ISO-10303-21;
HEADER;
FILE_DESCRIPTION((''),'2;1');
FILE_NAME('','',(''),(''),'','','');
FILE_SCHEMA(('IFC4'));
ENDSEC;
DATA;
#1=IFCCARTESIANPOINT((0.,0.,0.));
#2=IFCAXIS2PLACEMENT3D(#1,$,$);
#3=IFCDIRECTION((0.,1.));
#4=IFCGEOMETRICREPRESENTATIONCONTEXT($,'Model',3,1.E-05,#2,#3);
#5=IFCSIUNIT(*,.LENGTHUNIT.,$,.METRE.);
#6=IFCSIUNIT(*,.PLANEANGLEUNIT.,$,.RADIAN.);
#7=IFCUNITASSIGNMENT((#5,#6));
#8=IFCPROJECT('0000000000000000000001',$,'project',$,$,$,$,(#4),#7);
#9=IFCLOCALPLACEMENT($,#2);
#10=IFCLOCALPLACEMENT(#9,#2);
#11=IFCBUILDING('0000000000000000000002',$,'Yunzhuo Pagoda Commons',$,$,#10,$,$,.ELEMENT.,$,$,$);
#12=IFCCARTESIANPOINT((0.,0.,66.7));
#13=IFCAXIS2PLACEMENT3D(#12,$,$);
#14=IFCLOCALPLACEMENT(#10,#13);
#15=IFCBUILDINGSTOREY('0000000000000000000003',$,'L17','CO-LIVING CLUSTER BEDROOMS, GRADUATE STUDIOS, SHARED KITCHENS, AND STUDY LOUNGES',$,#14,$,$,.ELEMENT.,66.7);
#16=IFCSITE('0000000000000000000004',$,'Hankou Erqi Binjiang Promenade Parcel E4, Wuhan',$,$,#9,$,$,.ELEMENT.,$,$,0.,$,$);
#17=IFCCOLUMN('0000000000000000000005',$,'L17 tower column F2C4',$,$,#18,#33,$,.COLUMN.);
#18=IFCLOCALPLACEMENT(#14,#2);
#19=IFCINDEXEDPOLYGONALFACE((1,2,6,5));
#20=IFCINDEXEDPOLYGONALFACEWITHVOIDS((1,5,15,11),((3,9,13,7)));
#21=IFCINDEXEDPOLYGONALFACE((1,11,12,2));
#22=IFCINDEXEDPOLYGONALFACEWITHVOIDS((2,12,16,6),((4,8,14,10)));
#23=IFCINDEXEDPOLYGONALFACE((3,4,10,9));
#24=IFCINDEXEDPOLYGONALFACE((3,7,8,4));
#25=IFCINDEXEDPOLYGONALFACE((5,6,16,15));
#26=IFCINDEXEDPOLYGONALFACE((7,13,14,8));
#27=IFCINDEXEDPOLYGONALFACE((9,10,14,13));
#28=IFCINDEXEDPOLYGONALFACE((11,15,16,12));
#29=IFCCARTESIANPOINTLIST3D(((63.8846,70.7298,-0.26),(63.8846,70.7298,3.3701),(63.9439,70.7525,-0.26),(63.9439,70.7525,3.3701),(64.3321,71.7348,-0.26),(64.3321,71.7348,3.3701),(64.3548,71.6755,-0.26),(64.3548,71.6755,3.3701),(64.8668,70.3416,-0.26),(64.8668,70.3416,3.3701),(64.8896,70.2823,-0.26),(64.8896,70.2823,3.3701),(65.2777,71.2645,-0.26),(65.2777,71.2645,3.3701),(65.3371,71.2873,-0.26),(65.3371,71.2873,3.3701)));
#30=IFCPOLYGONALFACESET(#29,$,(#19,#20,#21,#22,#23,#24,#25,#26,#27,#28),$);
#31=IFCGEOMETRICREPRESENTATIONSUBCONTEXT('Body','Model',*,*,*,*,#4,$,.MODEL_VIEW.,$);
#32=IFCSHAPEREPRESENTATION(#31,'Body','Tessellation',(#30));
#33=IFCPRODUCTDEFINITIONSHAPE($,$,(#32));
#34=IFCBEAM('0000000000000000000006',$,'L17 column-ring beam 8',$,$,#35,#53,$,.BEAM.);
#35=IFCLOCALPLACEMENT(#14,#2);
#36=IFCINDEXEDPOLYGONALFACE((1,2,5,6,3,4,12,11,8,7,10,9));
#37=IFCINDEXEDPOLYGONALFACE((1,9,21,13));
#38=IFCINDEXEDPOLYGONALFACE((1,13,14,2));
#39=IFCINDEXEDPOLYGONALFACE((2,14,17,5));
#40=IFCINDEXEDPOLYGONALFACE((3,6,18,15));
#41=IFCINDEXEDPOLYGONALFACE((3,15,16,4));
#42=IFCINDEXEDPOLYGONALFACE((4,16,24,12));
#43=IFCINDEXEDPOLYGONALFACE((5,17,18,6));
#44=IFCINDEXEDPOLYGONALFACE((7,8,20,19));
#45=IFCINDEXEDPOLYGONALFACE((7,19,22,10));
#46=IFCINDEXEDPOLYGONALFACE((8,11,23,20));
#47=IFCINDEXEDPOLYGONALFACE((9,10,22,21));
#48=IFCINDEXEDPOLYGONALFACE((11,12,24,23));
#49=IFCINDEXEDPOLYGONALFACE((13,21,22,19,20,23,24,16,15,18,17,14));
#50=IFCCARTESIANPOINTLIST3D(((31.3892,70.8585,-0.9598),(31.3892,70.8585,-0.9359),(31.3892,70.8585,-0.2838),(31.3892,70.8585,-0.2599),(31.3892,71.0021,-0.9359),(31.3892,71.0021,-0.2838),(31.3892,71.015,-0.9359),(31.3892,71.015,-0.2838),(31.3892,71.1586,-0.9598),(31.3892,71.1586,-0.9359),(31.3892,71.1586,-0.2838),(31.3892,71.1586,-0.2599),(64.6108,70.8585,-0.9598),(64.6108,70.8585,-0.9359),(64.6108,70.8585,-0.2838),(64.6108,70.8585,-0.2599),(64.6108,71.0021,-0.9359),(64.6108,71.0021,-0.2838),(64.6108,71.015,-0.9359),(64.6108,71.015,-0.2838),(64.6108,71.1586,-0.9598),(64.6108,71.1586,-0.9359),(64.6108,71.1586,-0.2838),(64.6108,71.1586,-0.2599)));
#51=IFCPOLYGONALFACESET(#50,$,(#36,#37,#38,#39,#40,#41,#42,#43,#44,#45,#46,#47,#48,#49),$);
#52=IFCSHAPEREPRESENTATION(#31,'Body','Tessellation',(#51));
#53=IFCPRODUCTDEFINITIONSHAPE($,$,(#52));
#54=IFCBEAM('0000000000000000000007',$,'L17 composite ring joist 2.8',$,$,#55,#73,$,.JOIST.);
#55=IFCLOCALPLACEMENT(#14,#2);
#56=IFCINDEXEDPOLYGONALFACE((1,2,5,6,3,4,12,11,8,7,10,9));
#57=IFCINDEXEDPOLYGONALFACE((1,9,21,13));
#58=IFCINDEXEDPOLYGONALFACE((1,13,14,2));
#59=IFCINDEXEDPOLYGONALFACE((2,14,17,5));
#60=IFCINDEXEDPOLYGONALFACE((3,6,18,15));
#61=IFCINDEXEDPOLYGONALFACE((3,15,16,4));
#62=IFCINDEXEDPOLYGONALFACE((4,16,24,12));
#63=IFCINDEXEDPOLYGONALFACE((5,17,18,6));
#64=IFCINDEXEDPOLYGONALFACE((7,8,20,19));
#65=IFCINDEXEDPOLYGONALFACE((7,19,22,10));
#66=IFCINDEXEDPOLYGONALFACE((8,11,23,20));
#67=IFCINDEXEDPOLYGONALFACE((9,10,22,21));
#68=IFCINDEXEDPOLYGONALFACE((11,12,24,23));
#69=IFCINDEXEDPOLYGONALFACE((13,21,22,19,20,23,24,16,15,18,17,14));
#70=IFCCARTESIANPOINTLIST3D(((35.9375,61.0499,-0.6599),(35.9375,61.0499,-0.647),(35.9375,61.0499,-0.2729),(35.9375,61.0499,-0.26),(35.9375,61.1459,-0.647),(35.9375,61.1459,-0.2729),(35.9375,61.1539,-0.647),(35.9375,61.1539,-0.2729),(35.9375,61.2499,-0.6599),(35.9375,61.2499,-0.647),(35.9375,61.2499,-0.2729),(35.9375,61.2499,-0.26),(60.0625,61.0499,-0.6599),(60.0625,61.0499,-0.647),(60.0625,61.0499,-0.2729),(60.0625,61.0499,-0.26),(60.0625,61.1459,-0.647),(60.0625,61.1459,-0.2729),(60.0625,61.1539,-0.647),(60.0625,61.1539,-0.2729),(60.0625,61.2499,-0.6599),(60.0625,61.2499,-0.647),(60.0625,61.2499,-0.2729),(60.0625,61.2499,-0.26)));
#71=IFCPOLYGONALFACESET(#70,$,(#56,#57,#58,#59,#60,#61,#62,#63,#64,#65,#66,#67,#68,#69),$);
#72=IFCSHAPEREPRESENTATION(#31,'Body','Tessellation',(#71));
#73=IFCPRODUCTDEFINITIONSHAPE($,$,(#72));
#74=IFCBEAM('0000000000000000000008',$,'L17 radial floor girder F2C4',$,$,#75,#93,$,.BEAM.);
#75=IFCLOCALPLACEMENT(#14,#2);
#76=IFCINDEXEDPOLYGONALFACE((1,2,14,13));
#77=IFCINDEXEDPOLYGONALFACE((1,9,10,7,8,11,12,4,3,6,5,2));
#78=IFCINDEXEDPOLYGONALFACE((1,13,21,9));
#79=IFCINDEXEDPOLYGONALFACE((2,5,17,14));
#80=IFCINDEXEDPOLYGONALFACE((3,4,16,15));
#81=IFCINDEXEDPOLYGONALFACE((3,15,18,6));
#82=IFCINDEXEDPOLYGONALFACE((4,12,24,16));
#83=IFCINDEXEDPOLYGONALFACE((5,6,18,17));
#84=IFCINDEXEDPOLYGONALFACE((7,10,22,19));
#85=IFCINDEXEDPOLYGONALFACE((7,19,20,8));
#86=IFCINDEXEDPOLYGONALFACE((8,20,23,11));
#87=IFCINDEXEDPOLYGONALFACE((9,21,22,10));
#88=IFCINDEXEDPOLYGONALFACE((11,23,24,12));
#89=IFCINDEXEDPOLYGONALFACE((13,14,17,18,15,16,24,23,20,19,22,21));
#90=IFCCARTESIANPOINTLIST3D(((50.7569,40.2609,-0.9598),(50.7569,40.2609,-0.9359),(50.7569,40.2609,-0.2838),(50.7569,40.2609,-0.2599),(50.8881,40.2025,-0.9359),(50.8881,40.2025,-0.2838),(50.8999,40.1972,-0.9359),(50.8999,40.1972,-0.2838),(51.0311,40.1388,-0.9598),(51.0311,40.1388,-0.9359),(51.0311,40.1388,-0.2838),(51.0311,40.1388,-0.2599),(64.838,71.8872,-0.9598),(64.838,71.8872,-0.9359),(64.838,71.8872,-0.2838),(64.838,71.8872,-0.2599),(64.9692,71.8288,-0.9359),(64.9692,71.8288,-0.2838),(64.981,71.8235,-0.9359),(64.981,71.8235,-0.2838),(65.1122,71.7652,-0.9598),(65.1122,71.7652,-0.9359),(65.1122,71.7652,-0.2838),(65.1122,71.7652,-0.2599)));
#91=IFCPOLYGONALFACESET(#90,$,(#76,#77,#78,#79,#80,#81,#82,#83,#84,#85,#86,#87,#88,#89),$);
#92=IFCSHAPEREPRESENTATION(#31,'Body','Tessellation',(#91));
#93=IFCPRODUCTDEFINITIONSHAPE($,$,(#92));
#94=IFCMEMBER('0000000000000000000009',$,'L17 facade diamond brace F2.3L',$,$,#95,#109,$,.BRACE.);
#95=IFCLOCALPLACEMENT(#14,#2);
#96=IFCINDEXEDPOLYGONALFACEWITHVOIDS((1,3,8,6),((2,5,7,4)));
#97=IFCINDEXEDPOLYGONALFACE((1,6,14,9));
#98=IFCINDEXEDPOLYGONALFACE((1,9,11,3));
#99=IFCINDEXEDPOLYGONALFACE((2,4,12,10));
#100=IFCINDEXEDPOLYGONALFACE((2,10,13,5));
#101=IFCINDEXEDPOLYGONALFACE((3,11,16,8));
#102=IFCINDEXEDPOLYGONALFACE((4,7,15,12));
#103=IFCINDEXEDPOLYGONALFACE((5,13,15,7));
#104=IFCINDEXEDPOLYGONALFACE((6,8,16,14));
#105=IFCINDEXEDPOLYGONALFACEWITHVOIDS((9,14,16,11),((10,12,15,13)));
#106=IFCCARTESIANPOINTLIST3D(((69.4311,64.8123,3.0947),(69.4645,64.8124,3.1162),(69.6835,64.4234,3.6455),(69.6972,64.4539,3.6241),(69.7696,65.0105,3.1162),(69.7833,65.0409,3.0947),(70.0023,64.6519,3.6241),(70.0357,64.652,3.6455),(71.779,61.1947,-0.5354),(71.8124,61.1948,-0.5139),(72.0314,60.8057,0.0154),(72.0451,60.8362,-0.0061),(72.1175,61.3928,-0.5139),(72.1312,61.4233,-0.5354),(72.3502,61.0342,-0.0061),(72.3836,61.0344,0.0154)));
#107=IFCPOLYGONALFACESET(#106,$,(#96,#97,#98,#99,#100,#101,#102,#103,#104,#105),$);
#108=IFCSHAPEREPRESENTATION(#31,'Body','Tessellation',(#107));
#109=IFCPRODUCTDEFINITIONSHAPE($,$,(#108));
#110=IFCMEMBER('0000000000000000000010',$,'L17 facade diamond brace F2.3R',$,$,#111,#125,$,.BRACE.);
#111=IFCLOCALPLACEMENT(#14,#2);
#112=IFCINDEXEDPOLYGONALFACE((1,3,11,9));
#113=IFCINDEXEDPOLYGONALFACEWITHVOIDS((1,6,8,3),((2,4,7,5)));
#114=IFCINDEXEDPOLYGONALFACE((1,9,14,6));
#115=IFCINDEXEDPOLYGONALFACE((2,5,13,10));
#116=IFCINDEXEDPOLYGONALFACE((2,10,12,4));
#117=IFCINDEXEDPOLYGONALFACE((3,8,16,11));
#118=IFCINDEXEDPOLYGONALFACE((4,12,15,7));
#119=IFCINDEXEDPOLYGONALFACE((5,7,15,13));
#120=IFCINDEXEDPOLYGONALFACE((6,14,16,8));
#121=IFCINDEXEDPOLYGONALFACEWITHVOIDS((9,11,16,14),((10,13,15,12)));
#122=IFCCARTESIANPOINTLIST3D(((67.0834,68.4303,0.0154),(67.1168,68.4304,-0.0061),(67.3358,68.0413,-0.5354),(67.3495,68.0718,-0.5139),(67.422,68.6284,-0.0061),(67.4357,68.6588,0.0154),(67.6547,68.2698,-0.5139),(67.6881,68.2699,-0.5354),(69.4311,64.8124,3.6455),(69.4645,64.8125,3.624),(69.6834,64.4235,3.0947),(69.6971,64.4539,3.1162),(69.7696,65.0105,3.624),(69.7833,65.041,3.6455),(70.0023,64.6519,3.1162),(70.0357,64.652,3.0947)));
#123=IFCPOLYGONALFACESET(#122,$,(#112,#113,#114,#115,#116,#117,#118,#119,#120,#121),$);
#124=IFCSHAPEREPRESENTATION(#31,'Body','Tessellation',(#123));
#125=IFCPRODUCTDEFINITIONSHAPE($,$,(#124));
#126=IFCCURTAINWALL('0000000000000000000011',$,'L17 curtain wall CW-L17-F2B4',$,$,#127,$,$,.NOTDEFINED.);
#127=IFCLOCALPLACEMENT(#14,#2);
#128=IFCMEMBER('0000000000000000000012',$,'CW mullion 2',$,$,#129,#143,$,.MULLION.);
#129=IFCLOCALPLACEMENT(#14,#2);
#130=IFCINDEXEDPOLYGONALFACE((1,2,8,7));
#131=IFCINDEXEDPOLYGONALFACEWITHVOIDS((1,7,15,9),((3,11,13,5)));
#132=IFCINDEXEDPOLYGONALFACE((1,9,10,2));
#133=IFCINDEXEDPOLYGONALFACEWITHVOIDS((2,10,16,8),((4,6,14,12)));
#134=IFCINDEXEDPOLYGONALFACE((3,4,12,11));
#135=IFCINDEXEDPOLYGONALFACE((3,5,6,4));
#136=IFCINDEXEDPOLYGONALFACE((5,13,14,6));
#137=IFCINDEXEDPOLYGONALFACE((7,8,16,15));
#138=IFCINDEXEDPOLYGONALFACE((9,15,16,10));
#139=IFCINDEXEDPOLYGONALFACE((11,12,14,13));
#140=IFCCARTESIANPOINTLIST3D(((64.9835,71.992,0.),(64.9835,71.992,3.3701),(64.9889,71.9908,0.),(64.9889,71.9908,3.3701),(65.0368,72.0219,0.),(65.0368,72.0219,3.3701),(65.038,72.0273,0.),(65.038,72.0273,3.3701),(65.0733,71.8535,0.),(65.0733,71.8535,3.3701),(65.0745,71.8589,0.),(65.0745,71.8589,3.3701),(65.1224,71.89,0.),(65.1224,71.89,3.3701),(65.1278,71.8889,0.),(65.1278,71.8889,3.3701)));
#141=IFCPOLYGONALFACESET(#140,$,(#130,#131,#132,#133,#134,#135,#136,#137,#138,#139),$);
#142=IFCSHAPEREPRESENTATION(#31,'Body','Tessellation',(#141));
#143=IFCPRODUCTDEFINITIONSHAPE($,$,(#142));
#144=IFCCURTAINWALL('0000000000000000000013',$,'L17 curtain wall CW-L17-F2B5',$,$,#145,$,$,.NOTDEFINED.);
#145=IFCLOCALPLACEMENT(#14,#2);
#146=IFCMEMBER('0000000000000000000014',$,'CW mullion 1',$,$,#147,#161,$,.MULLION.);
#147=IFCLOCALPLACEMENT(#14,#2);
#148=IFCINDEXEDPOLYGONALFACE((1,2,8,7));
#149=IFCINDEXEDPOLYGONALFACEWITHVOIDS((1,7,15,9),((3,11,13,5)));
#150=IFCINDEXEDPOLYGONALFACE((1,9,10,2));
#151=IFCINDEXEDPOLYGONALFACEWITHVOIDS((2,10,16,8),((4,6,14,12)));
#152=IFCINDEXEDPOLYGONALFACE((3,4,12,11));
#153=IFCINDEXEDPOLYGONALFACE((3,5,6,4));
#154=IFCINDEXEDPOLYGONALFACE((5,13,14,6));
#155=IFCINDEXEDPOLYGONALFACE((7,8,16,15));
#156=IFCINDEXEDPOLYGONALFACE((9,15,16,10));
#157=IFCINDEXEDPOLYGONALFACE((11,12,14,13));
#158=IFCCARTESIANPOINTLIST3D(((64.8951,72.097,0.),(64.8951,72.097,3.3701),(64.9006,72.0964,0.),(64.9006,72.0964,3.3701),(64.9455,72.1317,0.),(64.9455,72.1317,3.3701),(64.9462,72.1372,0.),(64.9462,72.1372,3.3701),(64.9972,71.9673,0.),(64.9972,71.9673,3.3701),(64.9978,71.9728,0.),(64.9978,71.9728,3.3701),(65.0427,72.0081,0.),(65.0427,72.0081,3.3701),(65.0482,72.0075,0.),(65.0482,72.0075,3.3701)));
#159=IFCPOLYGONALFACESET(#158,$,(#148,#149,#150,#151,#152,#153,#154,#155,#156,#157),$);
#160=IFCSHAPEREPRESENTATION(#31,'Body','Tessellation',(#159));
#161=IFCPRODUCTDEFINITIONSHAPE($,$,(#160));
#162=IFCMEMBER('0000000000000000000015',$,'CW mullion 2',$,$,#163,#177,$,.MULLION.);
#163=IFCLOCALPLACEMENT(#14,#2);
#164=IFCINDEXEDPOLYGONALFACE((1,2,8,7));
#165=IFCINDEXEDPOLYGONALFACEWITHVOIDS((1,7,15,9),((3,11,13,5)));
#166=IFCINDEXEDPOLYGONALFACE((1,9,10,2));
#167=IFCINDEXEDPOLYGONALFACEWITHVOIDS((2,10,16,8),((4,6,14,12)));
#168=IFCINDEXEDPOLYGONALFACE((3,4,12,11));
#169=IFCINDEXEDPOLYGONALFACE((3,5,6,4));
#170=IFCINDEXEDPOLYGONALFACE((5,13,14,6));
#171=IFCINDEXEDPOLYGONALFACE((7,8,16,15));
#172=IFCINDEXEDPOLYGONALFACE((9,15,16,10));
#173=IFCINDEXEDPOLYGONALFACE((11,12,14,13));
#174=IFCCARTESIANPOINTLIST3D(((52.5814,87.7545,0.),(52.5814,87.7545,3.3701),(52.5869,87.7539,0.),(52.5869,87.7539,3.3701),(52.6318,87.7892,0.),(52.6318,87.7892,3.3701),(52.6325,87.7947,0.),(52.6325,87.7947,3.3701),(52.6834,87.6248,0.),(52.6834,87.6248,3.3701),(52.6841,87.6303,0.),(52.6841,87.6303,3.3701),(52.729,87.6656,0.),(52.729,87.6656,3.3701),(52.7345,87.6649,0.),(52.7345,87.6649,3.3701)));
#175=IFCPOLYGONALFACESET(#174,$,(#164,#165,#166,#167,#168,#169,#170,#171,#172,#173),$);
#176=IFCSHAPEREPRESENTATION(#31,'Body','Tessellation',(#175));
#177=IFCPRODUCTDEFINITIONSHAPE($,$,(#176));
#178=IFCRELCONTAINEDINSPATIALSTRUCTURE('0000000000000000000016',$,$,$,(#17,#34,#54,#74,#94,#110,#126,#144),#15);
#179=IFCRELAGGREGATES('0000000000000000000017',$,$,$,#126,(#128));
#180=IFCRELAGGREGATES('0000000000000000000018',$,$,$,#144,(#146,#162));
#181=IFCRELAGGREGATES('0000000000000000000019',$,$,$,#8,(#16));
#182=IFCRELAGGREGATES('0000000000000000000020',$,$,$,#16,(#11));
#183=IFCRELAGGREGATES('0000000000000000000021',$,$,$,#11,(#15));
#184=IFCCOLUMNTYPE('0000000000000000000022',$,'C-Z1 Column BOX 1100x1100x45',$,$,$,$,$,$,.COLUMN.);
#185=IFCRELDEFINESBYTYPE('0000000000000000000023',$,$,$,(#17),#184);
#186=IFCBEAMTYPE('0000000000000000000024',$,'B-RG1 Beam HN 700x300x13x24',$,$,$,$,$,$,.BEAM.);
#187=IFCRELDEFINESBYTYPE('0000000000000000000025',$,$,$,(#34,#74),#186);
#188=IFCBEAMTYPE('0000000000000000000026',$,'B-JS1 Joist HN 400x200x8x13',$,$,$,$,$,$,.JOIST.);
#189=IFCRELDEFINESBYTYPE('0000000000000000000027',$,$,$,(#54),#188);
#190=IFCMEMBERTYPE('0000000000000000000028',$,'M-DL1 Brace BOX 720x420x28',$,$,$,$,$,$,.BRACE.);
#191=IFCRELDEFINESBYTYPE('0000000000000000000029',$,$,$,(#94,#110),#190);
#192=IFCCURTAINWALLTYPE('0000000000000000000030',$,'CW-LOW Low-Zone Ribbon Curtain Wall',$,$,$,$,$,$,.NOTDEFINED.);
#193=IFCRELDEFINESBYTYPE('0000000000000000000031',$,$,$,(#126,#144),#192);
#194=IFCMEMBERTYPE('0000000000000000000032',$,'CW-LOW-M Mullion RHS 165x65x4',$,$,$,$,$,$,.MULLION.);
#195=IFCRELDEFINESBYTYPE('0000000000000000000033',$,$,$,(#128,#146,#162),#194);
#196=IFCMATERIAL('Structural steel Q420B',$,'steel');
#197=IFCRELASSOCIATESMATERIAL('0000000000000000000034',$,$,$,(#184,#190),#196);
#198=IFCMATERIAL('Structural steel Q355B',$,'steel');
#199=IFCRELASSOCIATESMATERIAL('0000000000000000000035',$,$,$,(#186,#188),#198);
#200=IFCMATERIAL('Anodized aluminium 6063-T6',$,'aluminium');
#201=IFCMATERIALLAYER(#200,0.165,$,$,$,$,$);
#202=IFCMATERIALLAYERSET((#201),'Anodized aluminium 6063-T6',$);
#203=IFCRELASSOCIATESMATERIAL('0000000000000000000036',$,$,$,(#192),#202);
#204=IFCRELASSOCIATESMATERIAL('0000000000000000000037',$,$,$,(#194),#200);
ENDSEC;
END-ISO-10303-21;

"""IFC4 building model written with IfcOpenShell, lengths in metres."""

from ifc_helpers import new_model, si_unit, direction, frame, origin, origin_2d, place, context, subcontext, project, spatial, hollow_rectangle, i_section, extrude, source, transform, mapped, material, layer, layer_set, material_profile, profile_set, type_object, element, aggregate, save


model = new_model("IFC4")

# Units and contexts
model_context = context("Model", 3, precision=1e-05, world=origin(), true_north=direction((0.0, 1.0)))
body_context = subcontext(model_context, "Body", "Model", "MODEL_VIEW")
ifc_project = project(units=[si_unit("LENGTHUNIT", "METRE"), si_unit("PLANEANGLEUNIT", "RADIAN")], contexts=[model_context])

# Site, building, storey
site_placement = place(None, origin())
site = spatial("IfcSite", under=ifc_project, at=site_placement, Name="Hankou Erqi Binjiang Promenade Parcel E4, Wuhan", CompositionType="ELEMENT", RefElevation=0.0)
building_placement = place(site_placement, origin())
building = spatial("IfcBuilding", under=site, at=building_placement, Name="Yunzhuo Pagoda Commons", CompositionType="ELEMENT")
storey_placement = place(building_placement, frame((0.0, 0.0, 66.7)))
storey = spatial("IfcBuildingStorey", under=building, at=storey_placement, Name="L17", Description="CO-LIVING CLUSTER BEDROOMS, GRADUATE STUDIOS, SHARED KITCHENS, AND STUDY LOUNGES", CompositionType="ELEMENT", Elevation=66.7)

# Column
ifc_material_1 = material(Name="Structural steel Q420B", Category="steel")
ifc_material_profile_1 = material_profile(ifc_material_1, hollow_rectangle(XDim=1.1001, YDim=1.1001, WallThickness=0.0449, at=origin_2d()), Name="Structural steel Q420B")
ifc_profile_set_1 = profile_set([ifc_material_profile_1], Name="Structural steel Q420B")
column_type = type_object("IfcColumnType", Name="C-Z1 Column BOX 1100x1100x45", PredefinedType="COLUMN", material=ifc_profile_set_1)
shared_shape_1 = source(origin(), body_context, "Body", "SweptSolid", [
    extrude(hollow_rectangle(XDim=1.1001, YDim=1.1001, WallThickness=0.0449, at=origin_2d()), origin(), (0.0, 0.0, 1.0), 3.6301),
])
column_placement = place(storey_placement, frame((64.6108, 71.0085, -0.26), z_axis=(0.0, 0.0, 1.0), x_axis=(-0.913545, 0.406737, 0.0)))
element("IfcColumn", 1, at=column_placement, inside=storey, type_object=column_type, Name="L17 tower column F2C4", PredefinedType="COLUMN", context=body_context, shape_type="MappedRepresentation", body=[
    mapped(shared_shape_1, transform((0.0, 0.0, 0.0), scale=1.0)),
])

# Beams
ifc_material_2 = material(Name="Structural steel Q355B", Category="steel")
ifc_material_profile_2 = material_profile(ifc_material_2, i_section(OverallWidth=0.3, OverallDepth=0.7, WebThickness=0.0129, FlangeThickness=0.0239, at=origin_2d()), Name="Structural steel Q355B")
ifc_profile_set_2 = profile_set([ifc_material_profile_2], Name="Structural steel Q355B")
beam_type_1 = type_object("IfcBeamType", Name="B-RG1 Beam HN 700x300x13x24", PredefinedType="BEAM", material=ifc_profile_set_2)
shared_shape_2 = source(origin(), body_context, "Body", "SweptSolid", [
    extrude(i_section(OverallWidth=0.3, OverallDepth=0.7, WebThickness=0.0129, FlangeThickness=0.0239, at=origin_2d()), origin(), (0.0, 0.0, 1.0), 33.2217),
])
beam_1_placement = place(storey_placement, frame((64.6108, 71.0085, -0.6099), z_axis=(-1.0, 0.0, 0.0), x_axis=(0.0, -1.0, 0.0)))
element("IfcBeam", 2, at=beam_1_placement, inside=storey, type_object=beam_type_1, Name="L17 column-ring beam 8", PredefinedType="BEAM", context=body_context, shape_type="MappedRepresentation", body=[
    mapped(shared_shape_2, transform((0.0, 0.0, 0.0), scale=1.0)),
])
ifc_material_profile_3 = material_profile(ifc_material_2, i_section(OverallWidth=0.2, OverallDepth=0.3999, WebThickness=0.0081, FlangeThickness=0.0129, at=origin_2d()), Name="Structural steel Q355B")
ifc_profile_set_3 = profile_set([ifc_material_profile_3], Name="Structural steel Q355B")
beam_type_2 = type_object("IfcBeamType", Name="B-JS1 Joist HN 400x200x8x13", PredefinedType="JOIST", material=ifc_profile_set_3)
shared_shape_3 = source(origin(), body_context, "Body", "SweptSolid", [
    extrude(i_section(OverallWidth=0.2, OverallDepth=0.3999, WebThickness=0.0081, FlangeThickness=0.0129, at=origin_2d()), origin(), (0.0, 0.0, 1.0), 24.125),
])
beam_2_placement = place(storey_placement, frame((60.0625, 61.1499, -0.46), z_axis=(-1.0, 0.0, 0.0), x_axis=(0.0, -1.0, 0.0)))
element("IfcBeam", 3, at=beam_2_placement, inside=storey, type_object=beam_type_2, Name="L17 composite ring joist 2.8", PredefinedType="JOIST", context=body_context, shape_type="MappedRepresentation", body=[
    mapped(shared_shape_3, transform((0.0, 0.0, 0.0), scale=1.0)),
])
shared_shape_4 = source(origin(), body_context, "Body", "SweptSolid", [
    extrude(i_section(OverallWidth=0.3, OverallDepth=0.7, WebThickness=0.0129, FlangeThickness=0.0239, at=origin_2d()), origin(), (0.0, 0.0, 1.0), 34.6194),
])
beam_3_placement = place(storey_placement, frame((64.9751, 71.8262, -0.6099), z_axis=(-0.40674, -0.913544, 0.0), x_axis=(0.913544, -0.40674, 0.0)))
element("IfcBeam", 4, at=beam_3_placement, inside=storey, type_object=beam_type_1, Name="L17 radial floor girder F2C4", PredefinedType="BEAM", context=body_context, shape_type="MappedRepresentation", body=[
    mapped(shared_shape_4, transform((0.0, 0.0, 0.0), scale=1.0)),
])

# Members
ifc_material_profile_4 = material_profile(ifc_material_1, hollow_rectangle(XDim=0.4199, YDim=0.72, WallThickness=0.0281, at=origin_2d()), Name="Structural steel Q420B")
ifc_profile_set_4 = profile_set([ifc_material_profile_4], Name="Structural steel Q420B")
member_type_1 = type_object("IfcMemberType", Name="M-DL1 Brace BOX 720x420x28", PredefinedType="BRACE", material=ifc_profile_set_4)
shared_shape_5 = source(origin(), body_context, "Body", "SweptSolid", [
    extrude(hollow_rectangle(XDim=0.4199, YDim=0.72, WallThickness=0.0281, at=origin_2d()), origin(), (0.0, 0.0, 1.0), 5.6372),
])
for number, where, z_axis, x_axis, name in (
    (5, (72.0813, 61.1145, -0.26), (-0.416501, 0.64175, 0.643959), (-0.838824, -0.544403, 0.0), "L17 facade diamond brace F2.3L"),
    (6, (67.3857, 68.3501, -0.26), (0.416454, -0.641787, 0.643953), (0.838866, 0.544338, 0.0), "L17 facade diamond brace F2.3R"),
):
    element("IfcMember", number, at=place(storey_placement, frame(where, z_axis=z_axis, x_axis=x_axis)), inside=storey, type_object=member_type_1, Name=name, PredefinedType="BRACE", context=body_context, shape_type="MappedRepresentation", body=[
        mapped(shared_shape_5, transform((0.0, 0.0, 0.0), scale=1.0)),
    ])

# Curtain wall, member
ifc_material_3 = material(Name="Anodized aluminium 6063-T6", Category="aluminium")
ifc_layer_1 = layer(ifc_material_3, 0.165)
ifc_layer_set_1 = layer_set([ifc_layer_1], Name="Anodized aluminium 6063-T6")
curtain_wall_type = type_object("IfcCurtainWallType", Name="CW-LOW Low-Zone Ribbon Curtain Wall", PredefinedType="NOTDEFINED", material=ifc_layer_set_1)
curtain_wall_1_placement = place(storey_placement, origin())
curtain_wall_1 = element("IfcCurtainWall", 7, at=curtain_wall_1_placement, inside=storey, type_object=curtain_wall_type, Name="L17 curtain wall CW-L17-F2B4", PredefinedType="NOTDEFINED")
ifc_material_profile_5 = material_profile(ifc_material_3, hollow_rectangle(XDim=0.0649, YDim=0.165, WallThickness=0.0039, at=origin_2d()), Name="Anodized aluminium 6063-T6")
ifc_profile_set_5 = profile_set([ifc_material_profile_5], Name="Anodized aluminium 6063-T6")
member_type_2 = type_object("IfcMemberType", Name="CW-LOW-M Mullion RHS 165x65x4", PredefinedType="MULLION", material=ifc_profile_set_5)
shared_shape_6 = source(origin(), body_context, "Body", "SweptSolid", [
    extrude(hollow_rectangle(XDim=0.0649, YDim=0.165, WallThickness=0.0039, at=origin_2d()), origin(), (0.0, 0.0, 1.0), 3.3701),
])
member_1_placement = place(storey_placement, frame((65.0557, 71.9404, 0.0), z_axis=(0.0, 0.0, 1.0), x_axis=(-0.83884, -0.544378, 0.0)))
member_1 = element("IfcMember", 8, at=member_1_placement, type_object=member_type_2, Name="CW mullion 2", PredefinedType="MULLION", context=body_context, shape_type="MappedRepresentation", body=[
    mapped(shared_shape_6, transform((0.0, 0.0, 0.0), scale=1.0)),
])

# Curtain wall, members
curtain_wall_2_placement = place(storey_placement, origin())
curtain_wall_2 = element("IfcCurtainWall", 9, at=curtain_wall_2_placement, inside=storey, type_object=curtain_wall_type, Name="L17 curtain wall CW-L17-F2B5", PredefinedType="NOTDEFINED")
member_2_placement = place(storey_placement, frame((64.9717, 72.0522, 0.0), z_axis=(0.0, 0.0, 1.0), x_axis=(-0.786046, -0.618168, 0.0)))
member_2 = element("IfcMember", 10, at=member_2_placement, type_object=member_type_2, Name="CW mullion 1", PredefinedType="MULLION", context=body_context, shape_type="MappedRepresentation", body=[
    mapped(shared_shape_6, transform((0.0, 0.0, 0.0), scale=1.0)),
])
member_3_placement = place(storey_placement, frame((52.658, 87.7097, 0.0), z_axis=(0.0, 0.0, 1.0), x_axis=(-0.786046, -0.618168, 0.0)))
member_3 = element("IfcMember", 11, at=member_3_placement, type_object=member_type_2, Name="CW mullion 2", PredefinedType="MULLION", context=body_context, shape_type="MappedRepresentation", body=[
    mapped(shared_shape_6, transform((0.0, 0.0, 0.0), scale=1.0)),
])

aggregate(curtain_wall_1, [member_1])
aggregate(curtain_wall_2, [member_2, member_3])

save(model, "model.ifc")
